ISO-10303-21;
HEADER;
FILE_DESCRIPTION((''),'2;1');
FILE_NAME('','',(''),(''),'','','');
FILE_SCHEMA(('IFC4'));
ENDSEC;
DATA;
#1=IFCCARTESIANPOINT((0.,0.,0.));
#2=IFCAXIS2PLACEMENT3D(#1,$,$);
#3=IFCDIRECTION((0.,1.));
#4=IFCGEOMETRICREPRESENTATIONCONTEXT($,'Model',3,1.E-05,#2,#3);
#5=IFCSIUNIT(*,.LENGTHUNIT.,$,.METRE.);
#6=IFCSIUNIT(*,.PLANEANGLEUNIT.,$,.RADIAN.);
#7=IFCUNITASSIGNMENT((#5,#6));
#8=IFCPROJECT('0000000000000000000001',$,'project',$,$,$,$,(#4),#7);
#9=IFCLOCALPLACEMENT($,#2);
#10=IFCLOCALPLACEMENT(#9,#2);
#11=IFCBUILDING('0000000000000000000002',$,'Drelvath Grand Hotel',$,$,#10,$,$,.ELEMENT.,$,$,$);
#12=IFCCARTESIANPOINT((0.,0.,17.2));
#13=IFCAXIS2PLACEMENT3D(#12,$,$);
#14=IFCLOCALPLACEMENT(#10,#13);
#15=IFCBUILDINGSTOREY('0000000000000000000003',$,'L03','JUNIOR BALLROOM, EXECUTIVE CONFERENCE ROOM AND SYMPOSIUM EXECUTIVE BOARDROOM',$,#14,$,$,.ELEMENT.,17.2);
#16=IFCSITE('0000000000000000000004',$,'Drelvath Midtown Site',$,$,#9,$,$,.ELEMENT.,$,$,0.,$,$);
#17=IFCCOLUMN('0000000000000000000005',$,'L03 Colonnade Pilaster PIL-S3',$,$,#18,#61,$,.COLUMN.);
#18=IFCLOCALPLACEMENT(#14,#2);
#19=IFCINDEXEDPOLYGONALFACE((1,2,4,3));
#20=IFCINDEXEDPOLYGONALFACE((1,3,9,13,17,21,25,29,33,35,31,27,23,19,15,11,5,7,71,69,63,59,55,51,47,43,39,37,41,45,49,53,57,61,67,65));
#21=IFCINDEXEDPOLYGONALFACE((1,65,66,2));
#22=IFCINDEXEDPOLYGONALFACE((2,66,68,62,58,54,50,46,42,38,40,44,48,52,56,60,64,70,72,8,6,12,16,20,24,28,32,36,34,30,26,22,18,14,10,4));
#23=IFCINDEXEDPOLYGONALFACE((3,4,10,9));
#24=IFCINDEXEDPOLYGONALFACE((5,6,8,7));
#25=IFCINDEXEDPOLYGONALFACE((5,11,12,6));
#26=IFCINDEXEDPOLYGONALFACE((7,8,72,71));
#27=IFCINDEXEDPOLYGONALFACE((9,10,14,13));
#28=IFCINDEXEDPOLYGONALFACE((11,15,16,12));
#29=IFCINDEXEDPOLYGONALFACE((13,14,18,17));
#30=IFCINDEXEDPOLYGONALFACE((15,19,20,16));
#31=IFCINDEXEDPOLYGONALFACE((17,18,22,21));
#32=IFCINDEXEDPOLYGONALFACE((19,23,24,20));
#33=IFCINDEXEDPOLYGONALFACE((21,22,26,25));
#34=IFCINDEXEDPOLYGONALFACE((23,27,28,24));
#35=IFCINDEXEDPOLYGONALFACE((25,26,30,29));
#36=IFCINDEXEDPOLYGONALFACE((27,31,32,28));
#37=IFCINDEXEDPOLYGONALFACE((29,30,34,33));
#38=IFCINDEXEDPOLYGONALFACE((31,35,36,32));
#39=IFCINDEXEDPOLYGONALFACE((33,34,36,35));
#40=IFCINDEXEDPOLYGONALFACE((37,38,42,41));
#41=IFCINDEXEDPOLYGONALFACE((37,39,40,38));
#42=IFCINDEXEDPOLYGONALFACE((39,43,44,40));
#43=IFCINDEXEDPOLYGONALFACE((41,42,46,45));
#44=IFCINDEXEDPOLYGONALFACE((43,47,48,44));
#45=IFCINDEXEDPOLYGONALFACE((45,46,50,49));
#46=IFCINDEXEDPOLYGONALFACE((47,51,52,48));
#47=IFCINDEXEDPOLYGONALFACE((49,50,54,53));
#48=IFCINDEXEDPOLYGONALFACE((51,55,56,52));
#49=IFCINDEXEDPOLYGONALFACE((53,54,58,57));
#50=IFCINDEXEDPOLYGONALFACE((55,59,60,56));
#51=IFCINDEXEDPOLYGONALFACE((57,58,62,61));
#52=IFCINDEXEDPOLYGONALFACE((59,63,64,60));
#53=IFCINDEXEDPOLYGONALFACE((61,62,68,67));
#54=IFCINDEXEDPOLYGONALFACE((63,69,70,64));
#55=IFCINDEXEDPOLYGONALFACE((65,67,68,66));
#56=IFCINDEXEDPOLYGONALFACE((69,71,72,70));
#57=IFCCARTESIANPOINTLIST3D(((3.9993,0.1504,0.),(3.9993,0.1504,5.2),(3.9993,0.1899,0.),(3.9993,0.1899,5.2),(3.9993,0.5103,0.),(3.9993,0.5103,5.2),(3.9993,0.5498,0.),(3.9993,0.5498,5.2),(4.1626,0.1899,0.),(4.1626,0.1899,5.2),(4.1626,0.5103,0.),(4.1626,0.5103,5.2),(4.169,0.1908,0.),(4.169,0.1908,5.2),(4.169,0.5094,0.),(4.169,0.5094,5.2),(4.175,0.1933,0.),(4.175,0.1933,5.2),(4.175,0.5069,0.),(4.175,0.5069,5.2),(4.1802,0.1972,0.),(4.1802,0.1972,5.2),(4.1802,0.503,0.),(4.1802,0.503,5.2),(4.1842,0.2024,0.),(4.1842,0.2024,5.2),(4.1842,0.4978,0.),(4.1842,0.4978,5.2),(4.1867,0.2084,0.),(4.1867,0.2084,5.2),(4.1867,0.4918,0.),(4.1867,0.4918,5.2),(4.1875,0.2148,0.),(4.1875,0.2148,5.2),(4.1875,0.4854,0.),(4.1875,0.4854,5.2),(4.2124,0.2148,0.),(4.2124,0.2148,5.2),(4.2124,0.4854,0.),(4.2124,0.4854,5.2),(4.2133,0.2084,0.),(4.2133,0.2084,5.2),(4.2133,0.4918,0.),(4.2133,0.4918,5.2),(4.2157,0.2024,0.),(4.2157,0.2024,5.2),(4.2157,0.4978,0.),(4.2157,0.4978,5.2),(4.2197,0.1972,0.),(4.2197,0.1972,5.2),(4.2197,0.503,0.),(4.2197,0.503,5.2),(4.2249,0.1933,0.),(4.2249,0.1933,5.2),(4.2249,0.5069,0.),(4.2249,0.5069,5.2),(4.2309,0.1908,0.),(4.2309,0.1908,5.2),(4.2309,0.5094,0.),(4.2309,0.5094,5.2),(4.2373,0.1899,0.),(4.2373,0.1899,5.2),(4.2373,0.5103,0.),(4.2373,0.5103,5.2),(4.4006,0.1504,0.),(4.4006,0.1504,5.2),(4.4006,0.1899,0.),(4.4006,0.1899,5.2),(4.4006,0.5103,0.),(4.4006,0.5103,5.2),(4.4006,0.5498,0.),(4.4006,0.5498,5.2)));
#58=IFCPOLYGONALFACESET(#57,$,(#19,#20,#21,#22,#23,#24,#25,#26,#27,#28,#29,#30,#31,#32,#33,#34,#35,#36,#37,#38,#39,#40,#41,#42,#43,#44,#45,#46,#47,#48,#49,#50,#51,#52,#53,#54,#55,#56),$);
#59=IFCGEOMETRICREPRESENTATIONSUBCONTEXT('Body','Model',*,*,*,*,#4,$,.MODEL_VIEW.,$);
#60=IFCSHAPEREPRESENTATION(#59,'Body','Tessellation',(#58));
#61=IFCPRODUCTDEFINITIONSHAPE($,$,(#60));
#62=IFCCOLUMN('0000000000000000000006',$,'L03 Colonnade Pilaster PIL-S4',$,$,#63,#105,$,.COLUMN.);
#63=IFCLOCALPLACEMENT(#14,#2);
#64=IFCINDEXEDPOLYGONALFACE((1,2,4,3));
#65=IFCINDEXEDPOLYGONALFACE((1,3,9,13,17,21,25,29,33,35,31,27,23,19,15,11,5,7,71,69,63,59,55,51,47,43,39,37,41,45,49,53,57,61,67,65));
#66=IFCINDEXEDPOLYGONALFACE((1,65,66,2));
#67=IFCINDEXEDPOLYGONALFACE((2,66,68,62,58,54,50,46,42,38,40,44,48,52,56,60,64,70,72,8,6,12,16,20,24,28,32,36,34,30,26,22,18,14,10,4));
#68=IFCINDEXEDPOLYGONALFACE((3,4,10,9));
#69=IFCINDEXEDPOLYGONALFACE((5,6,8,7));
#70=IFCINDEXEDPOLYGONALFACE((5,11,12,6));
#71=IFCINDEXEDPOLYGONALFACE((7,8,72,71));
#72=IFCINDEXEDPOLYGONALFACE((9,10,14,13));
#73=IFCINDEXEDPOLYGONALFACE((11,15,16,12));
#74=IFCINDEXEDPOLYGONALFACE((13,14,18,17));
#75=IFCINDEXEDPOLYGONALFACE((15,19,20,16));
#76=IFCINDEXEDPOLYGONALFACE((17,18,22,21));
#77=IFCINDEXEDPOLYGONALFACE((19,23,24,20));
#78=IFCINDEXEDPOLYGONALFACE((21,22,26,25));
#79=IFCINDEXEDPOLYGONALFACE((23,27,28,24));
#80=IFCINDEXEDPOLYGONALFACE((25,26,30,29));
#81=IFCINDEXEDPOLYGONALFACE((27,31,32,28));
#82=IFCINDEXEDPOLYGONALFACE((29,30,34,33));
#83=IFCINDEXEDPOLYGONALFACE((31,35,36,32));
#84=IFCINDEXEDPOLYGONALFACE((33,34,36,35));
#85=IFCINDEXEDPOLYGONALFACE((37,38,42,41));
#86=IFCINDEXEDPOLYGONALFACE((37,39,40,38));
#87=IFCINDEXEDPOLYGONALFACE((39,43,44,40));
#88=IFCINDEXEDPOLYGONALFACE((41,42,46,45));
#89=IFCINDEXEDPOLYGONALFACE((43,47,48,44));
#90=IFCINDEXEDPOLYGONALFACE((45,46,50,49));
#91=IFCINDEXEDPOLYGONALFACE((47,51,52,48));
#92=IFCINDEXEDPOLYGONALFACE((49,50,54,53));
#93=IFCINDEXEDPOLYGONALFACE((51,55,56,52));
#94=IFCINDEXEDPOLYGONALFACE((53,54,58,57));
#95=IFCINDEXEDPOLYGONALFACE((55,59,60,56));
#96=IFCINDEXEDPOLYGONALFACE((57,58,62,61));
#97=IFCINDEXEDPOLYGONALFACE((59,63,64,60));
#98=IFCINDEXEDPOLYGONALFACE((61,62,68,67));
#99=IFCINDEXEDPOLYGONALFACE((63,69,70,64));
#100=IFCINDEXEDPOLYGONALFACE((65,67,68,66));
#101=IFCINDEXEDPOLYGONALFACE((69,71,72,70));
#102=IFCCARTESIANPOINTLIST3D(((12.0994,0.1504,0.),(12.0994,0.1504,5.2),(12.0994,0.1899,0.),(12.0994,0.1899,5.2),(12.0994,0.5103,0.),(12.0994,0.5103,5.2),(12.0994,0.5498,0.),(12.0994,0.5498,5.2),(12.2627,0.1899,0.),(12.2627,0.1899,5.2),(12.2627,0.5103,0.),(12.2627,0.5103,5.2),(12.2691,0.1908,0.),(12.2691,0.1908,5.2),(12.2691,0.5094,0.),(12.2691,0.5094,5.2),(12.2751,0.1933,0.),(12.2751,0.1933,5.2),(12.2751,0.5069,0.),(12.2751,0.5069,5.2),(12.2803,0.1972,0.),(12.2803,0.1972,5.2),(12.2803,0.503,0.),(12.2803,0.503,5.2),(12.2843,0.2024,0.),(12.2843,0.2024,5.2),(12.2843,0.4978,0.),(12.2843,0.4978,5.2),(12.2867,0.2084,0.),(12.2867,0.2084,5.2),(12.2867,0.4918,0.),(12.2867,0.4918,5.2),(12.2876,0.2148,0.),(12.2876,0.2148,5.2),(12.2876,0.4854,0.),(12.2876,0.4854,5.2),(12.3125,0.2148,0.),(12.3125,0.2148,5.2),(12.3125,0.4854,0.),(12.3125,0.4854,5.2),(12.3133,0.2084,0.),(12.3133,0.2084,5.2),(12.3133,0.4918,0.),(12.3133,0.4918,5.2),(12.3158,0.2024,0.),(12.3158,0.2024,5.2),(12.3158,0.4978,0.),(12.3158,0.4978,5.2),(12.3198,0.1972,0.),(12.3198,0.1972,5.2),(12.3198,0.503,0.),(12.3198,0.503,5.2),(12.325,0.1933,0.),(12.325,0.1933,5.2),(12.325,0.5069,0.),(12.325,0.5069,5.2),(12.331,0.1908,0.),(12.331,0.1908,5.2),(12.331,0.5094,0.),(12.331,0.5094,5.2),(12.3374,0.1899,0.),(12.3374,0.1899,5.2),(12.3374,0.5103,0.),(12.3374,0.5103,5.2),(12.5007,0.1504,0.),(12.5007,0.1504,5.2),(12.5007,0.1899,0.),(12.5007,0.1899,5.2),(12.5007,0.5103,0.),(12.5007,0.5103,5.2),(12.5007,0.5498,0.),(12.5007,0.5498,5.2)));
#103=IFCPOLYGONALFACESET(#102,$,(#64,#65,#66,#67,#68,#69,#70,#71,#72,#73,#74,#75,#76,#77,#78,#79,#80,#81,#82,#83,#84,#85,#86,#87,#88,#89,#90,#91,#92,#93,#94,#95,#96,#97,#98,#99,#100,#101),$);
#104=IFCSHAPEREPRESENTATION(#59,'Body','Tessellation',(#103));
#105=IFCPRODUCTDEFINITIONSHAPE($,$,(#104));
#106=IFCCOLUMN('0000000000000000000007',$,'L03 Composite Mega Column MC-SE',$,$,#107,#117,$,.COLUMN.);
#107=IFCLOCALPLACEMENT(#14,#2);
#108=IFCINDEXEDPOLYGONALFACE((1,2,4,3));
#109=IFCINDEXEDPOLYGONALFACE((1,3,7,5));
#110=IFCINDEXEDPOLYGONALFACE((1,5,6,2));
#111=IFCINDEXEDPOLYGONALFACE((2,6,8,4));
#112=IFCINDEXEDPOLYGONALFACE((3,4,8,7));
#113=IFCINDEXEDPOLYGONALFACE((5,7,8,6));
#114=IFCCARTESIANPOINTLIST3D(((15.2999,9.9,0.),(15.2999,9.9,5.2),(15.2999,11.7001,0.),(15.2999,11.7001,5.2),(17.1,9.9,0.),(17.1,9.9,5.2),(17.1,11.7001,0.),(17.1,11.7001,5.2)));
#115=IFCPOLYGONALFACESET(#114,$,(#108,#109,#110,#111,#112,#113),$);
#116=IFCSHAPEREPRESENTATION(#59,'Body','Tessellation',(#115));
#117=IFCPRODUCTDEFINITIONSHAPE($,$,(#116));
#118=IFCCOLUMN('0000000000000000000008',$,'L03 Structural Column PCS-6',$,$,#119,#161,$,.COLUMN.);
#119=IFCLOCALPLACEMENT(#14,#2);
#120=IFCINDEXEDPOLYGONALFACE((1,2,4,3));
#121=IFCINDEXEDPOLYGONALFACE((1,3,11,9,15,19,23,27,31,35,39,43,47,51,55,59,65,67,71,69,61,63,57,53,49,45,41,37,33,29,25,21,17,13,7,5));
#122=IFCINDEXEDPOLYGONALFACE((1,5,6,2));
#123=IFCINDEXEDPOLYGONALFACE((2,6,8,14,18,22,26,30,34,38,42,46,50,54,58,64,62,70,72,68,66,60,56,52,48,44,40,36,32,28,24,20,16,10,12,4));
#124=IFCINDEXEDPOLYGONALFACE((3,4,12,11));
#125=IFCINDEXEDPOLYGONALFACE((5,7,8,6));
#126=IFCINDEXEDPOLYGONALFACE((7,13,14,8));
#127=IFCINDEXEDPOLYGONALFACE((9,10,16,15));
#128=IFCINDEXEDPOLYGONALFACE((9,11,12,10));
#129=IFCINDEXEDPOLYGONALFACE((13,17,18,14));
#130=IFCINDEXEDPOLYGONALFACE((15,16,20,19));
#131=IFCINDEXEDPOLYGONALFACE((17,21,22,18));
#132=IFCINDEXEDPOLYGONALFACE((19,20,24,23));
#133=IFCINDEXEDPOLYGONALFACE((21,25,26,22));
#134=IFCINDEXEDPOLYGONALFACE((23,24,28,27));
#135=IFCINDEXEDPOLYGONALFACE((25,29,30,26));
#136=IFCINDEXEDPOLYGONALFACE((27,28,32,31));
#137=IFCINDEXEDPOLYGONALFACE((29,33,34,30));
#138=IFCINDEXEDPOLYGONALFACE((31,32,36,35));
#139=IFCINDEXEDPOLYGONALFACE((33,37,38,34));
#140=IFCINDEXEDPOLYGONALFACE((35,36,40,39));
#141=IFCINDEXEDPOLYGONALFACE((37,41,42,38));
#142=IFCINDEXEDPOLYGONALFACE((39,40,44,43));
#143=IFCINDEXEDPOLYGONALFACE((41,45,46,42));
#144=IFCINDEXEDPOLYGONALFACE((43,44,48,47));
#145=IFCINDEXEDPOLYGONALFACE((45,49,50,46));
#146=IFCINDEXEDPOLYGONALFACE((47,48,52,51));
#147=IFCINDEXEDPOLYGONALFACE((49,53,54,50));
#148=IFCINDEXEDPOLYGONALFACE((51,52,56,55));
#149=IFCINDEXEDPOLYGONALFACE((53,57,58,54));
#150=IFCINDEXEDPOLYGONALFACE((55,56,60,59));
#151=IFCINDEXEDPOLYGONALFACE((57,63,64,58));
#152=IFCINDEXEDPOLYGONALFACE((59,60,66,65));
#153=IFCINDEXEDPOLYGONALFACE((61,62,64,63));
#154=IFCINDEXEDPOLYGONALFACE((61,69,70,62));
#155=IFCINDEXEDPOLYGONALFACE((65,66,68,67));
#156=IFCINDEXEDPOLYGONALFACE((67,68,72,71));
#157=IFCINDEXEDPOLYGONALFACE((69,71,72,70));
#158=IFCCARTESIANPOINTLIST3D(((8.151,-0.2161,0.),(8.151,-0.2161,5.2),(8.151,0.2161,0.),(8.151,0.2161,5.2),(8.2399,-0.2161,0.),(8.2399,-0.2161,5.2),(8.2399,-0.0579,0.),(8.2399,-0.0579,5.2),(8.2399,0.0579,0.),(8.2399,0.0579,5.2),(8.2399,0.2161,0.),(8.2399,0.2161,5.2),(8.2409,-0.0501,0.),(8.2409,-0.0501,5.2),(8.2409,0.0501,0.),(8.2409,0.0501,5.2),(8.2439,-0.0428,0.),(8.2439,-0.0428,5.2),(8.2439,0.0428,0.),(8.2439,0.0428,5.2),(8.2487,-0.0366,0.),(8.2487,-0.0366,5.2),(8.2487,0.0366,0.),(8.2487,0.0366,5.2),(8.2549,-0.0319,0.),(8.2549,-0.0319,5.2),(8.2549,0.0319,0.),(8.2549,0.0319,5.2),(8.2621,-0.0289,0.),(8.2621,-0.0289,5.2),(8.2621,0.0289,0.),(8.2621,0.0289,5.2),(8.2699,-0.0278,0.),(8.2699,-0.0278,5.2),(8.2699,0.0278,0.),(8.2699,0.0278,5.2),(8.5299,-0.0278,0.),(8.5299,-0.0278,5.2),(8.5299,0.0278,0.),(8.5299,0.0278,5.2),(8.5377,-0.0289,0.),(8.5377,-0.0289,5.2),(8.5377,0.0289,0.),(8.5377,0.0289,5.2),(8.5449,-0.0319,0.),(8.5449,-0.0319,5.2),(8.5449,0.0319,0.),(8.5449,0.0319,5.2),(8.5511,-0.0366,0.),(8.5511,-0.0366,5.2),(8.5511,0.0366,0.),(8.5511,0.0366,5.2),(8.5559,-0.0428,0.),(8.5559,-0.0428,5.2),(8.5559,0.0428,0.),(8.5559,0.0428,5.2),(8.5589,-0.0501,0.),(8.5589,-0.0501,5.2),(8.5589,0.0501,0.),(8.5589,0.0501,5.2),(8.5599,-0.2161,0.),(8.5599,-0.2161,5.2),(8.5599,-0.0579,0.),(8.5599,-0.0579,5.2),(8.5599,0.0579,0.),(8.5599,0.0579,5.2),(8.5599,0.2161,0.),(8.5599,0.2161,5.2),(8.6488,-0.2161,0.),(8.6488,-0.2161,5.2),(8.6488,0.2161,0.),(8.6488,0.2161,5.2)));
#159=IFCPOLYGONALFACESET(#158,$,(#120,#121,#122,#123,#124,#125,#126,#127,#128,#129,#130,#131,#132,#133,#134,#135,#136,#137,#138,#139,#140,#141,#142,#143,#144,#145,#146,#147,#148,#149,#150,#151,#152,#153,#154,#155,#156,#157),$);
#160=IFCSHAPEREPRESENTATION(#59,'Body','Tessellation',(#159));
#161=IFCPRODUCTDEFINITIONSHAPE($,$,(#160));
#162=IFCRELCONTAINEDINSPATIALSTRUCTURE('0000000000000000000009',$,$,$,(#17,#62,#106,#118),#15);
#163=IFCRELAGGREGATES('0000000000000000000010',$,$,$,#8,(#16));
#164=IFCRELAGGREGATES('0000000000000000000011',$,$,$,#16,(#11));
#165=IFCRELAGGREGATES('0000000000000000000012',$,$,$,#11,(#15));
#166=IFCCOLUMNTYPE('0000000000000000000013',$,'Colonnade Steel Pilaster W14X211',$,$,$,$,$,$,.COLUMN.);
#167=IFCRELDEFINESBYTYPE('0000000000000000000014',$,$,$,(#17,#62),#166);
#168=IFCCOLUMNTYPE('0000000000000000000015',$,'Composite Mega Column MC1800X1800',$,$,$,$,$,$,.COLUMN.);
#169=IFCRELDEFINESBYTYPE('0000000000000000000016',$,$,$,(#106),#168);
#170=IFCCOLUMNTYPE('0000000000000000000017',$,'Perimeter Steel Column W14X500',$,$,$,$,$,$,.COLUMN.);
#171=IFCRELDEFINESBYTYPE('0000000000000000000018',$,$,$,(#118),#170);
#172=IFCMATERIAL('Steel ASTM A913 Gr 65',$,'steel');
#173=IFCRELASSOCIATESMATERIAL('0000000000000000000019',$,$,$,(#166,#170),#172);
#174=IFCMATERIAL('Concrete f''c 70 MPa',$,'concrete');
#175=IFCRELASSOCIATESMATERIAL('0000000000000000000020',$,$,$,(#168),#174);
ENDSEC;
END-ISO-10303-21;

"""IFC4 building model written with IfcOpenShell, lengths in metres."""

from ifc_helpers import new_model, si_unit, direction, frame, origin, origin_2d, place, context, subcontext, project, spatial, rectangle, i_section, extrude, material, material_profile, profile_set, type_object, element, save


model = new_model("IFC4")

# Units and contexts
model_context = context("Model", 3, precision=1e-05, world=origin(), true_north=direction((0.0, 1.0)))
body_context = subcontext(model_context, "Body", "Model", "MODEL_VIEW")
ifc_project = project(units=[si_unit("LENGTHUNIT", "METRE"), si_unit("PLANEANGLEUNIT", "RADIAN")], contexts=[model_context])

# Site, building, storey
site_placement = place(None, origin())
site = spatial("IfcSite", under=ifc_project, at=site_placement, Name="Drelvath Midtown Site", CompositionType="ELEMENT", RefElevation=0.0)
building_placement = place(site_placement, origin())
building = spatial("IfcBuilding", under=site, at=building_placement, Name="Drelvath Grand Hotel", CompositionType="ELEMENT")
storey_placement = place(building_placement, frame((0.0, 0.0, 17.2)))
storey = spatial("IfcBuildingStorey", under=building, at=storey_placement, Name="L03", Description="JUNIOR BALLROOM, EXECUTIVE CONFERENCE ROOM AND SYMPOSIUM EXECUTIVE BOARDROOM", CompositionType="ELEMENT", Elevation=17.2)

# Columns
ifc_material_1 = material(Name="Steel ASTM A913 Gr 65", Category="steel")
ifc_material_profile_1 = material_profile(ifc_material_1, i_section(OverallWidth=0.4014, OverallDepth=0.3994, WebThickness=0.0249, FlangeThickness=0.0396, FilletRadius=0.0249, at=origin_2d()), Name="W14X211")
ifc_profile_set_1 = profile_set([ifc_material_profile_1], Name="Steel ASTM A913 Gr 65")
column_type_1 = type_object("IfcColumnType", Name="Colonnade Steel Pilaster W14X211", PredefinedType="COLUMN", material=ifc_profile_set_1)
for number, where, z_axis, x_axis, name in (
    (1, (4.2, 0.3501, 0.0), (0.0, 0.0, 1.0), (1.0, 0.0, 0.0), "L03 Colonnade Pilaster PIL-S3"),
    (2, (12.3, 0.3501, 0.0), (0.0, 0.0, 1.0), (1.0, 0.0, 0.0), "L03 Colonnade Pilaster PIL-S4"),
):
    element("IfcColumn", number, at=place(storey_placement, frame(where, z_axis=z_axis, x_axis=x_axis)), inside=storey, type_object=column_type_1, Name=name, PredefinedType="COLUMN", context=body_context, shape_type="SweptSolid", body=[
        extrude(i_section(OverallWidth=0.4014, OverallDepth=0.3994, WebThickness=0.0249, FlangeThickness=0.0396, FilletRadius=0.0249, at=origin_2d()), origin(), (0.0, 0.0, 1.0), 5.2),
    ])
ifc_material_2 = material(Name="Concrete f'c 70 MPa", Category="concrete")
ifc_material_profile_2 = material_profile(ifc_material_2, rectangle(XDim=1.8, YDim=1.8, at=origin_2d()), Name="MC1800X1800")
ifc_profile_set_2 = profile_set([ifc_material_profile_2], Name="Concrete f'c 70 MPa")
column_type_2 = type_object("IfcColumnType", Name="Composite Mega Column MC1800X1800", PredefinedType="COLUMN", material=ifc_profile_set_2)
column_placement = place(storey_placement, frame((16.2, 10.8, 0.0), z_axis=(0.0, 0.0, 1.0), x_axis=(1.0, 0.0, 0.0)))
element("IfcColumn", 3, at=column_placement, inside=storey, type_object=column_type_2, Name="L03 Composite Mega Column MC-SE", PredefinedType="COLUMN", context=body_context, shape_type="SweptSolid", body=[
    extrude(rectangle(XDim=1.8, YDim=1.8, at=origin_2d()), origin(), (0.0, 0.0, 1.0), 5.2),
])
ifc_material_profile_3 = material_profile(ifc_material_1, i_section(OverallWidth=0.4321, OverallDepth=0.4978, WebThickness=0.0557, FlangeThickness=0.0889, FilletRadius=0.03, at=origin_2d()), Name="W14X500")
ifc_profile_set_3 = profile_set([ifc_material_profile_3], Name="Steel ASTM A913 Gr 65")
column_type_3 = type_object("IfcColumnType", Name="Perimeter Steel Column W14X500", PredefinedType="COLUMN", material=ifc_profile_set_3)
for number, where, z_axis, x_axis, name in (
    (4, (8.3999, 0.0, 0.0), (0.0, 0.0, 1.0), (0.0, 1.0, 0.0), "L03 Structural Column PCS-6"),
):
    element("IfcColumn", number, at=place(storey_placement, frame(where, z_axis=z_axis, x_axis=x_axis)), inside=storey, type_object=column_type_3, Name=name, PredefinedType="COLUMN", context=body_context, shape_type="SweptSolid", body=[
        extrude(i_section(OverallWidth=0.4321, OverallDepth=0.4978, WebThickness=0.0557, FlangeThickness=0.0889, FilletRadius=0.03, at=origin_2d()), origin(), (0.0, 0.0, 1.0), 5.2),
    ])

save(model, "model.ifc")
